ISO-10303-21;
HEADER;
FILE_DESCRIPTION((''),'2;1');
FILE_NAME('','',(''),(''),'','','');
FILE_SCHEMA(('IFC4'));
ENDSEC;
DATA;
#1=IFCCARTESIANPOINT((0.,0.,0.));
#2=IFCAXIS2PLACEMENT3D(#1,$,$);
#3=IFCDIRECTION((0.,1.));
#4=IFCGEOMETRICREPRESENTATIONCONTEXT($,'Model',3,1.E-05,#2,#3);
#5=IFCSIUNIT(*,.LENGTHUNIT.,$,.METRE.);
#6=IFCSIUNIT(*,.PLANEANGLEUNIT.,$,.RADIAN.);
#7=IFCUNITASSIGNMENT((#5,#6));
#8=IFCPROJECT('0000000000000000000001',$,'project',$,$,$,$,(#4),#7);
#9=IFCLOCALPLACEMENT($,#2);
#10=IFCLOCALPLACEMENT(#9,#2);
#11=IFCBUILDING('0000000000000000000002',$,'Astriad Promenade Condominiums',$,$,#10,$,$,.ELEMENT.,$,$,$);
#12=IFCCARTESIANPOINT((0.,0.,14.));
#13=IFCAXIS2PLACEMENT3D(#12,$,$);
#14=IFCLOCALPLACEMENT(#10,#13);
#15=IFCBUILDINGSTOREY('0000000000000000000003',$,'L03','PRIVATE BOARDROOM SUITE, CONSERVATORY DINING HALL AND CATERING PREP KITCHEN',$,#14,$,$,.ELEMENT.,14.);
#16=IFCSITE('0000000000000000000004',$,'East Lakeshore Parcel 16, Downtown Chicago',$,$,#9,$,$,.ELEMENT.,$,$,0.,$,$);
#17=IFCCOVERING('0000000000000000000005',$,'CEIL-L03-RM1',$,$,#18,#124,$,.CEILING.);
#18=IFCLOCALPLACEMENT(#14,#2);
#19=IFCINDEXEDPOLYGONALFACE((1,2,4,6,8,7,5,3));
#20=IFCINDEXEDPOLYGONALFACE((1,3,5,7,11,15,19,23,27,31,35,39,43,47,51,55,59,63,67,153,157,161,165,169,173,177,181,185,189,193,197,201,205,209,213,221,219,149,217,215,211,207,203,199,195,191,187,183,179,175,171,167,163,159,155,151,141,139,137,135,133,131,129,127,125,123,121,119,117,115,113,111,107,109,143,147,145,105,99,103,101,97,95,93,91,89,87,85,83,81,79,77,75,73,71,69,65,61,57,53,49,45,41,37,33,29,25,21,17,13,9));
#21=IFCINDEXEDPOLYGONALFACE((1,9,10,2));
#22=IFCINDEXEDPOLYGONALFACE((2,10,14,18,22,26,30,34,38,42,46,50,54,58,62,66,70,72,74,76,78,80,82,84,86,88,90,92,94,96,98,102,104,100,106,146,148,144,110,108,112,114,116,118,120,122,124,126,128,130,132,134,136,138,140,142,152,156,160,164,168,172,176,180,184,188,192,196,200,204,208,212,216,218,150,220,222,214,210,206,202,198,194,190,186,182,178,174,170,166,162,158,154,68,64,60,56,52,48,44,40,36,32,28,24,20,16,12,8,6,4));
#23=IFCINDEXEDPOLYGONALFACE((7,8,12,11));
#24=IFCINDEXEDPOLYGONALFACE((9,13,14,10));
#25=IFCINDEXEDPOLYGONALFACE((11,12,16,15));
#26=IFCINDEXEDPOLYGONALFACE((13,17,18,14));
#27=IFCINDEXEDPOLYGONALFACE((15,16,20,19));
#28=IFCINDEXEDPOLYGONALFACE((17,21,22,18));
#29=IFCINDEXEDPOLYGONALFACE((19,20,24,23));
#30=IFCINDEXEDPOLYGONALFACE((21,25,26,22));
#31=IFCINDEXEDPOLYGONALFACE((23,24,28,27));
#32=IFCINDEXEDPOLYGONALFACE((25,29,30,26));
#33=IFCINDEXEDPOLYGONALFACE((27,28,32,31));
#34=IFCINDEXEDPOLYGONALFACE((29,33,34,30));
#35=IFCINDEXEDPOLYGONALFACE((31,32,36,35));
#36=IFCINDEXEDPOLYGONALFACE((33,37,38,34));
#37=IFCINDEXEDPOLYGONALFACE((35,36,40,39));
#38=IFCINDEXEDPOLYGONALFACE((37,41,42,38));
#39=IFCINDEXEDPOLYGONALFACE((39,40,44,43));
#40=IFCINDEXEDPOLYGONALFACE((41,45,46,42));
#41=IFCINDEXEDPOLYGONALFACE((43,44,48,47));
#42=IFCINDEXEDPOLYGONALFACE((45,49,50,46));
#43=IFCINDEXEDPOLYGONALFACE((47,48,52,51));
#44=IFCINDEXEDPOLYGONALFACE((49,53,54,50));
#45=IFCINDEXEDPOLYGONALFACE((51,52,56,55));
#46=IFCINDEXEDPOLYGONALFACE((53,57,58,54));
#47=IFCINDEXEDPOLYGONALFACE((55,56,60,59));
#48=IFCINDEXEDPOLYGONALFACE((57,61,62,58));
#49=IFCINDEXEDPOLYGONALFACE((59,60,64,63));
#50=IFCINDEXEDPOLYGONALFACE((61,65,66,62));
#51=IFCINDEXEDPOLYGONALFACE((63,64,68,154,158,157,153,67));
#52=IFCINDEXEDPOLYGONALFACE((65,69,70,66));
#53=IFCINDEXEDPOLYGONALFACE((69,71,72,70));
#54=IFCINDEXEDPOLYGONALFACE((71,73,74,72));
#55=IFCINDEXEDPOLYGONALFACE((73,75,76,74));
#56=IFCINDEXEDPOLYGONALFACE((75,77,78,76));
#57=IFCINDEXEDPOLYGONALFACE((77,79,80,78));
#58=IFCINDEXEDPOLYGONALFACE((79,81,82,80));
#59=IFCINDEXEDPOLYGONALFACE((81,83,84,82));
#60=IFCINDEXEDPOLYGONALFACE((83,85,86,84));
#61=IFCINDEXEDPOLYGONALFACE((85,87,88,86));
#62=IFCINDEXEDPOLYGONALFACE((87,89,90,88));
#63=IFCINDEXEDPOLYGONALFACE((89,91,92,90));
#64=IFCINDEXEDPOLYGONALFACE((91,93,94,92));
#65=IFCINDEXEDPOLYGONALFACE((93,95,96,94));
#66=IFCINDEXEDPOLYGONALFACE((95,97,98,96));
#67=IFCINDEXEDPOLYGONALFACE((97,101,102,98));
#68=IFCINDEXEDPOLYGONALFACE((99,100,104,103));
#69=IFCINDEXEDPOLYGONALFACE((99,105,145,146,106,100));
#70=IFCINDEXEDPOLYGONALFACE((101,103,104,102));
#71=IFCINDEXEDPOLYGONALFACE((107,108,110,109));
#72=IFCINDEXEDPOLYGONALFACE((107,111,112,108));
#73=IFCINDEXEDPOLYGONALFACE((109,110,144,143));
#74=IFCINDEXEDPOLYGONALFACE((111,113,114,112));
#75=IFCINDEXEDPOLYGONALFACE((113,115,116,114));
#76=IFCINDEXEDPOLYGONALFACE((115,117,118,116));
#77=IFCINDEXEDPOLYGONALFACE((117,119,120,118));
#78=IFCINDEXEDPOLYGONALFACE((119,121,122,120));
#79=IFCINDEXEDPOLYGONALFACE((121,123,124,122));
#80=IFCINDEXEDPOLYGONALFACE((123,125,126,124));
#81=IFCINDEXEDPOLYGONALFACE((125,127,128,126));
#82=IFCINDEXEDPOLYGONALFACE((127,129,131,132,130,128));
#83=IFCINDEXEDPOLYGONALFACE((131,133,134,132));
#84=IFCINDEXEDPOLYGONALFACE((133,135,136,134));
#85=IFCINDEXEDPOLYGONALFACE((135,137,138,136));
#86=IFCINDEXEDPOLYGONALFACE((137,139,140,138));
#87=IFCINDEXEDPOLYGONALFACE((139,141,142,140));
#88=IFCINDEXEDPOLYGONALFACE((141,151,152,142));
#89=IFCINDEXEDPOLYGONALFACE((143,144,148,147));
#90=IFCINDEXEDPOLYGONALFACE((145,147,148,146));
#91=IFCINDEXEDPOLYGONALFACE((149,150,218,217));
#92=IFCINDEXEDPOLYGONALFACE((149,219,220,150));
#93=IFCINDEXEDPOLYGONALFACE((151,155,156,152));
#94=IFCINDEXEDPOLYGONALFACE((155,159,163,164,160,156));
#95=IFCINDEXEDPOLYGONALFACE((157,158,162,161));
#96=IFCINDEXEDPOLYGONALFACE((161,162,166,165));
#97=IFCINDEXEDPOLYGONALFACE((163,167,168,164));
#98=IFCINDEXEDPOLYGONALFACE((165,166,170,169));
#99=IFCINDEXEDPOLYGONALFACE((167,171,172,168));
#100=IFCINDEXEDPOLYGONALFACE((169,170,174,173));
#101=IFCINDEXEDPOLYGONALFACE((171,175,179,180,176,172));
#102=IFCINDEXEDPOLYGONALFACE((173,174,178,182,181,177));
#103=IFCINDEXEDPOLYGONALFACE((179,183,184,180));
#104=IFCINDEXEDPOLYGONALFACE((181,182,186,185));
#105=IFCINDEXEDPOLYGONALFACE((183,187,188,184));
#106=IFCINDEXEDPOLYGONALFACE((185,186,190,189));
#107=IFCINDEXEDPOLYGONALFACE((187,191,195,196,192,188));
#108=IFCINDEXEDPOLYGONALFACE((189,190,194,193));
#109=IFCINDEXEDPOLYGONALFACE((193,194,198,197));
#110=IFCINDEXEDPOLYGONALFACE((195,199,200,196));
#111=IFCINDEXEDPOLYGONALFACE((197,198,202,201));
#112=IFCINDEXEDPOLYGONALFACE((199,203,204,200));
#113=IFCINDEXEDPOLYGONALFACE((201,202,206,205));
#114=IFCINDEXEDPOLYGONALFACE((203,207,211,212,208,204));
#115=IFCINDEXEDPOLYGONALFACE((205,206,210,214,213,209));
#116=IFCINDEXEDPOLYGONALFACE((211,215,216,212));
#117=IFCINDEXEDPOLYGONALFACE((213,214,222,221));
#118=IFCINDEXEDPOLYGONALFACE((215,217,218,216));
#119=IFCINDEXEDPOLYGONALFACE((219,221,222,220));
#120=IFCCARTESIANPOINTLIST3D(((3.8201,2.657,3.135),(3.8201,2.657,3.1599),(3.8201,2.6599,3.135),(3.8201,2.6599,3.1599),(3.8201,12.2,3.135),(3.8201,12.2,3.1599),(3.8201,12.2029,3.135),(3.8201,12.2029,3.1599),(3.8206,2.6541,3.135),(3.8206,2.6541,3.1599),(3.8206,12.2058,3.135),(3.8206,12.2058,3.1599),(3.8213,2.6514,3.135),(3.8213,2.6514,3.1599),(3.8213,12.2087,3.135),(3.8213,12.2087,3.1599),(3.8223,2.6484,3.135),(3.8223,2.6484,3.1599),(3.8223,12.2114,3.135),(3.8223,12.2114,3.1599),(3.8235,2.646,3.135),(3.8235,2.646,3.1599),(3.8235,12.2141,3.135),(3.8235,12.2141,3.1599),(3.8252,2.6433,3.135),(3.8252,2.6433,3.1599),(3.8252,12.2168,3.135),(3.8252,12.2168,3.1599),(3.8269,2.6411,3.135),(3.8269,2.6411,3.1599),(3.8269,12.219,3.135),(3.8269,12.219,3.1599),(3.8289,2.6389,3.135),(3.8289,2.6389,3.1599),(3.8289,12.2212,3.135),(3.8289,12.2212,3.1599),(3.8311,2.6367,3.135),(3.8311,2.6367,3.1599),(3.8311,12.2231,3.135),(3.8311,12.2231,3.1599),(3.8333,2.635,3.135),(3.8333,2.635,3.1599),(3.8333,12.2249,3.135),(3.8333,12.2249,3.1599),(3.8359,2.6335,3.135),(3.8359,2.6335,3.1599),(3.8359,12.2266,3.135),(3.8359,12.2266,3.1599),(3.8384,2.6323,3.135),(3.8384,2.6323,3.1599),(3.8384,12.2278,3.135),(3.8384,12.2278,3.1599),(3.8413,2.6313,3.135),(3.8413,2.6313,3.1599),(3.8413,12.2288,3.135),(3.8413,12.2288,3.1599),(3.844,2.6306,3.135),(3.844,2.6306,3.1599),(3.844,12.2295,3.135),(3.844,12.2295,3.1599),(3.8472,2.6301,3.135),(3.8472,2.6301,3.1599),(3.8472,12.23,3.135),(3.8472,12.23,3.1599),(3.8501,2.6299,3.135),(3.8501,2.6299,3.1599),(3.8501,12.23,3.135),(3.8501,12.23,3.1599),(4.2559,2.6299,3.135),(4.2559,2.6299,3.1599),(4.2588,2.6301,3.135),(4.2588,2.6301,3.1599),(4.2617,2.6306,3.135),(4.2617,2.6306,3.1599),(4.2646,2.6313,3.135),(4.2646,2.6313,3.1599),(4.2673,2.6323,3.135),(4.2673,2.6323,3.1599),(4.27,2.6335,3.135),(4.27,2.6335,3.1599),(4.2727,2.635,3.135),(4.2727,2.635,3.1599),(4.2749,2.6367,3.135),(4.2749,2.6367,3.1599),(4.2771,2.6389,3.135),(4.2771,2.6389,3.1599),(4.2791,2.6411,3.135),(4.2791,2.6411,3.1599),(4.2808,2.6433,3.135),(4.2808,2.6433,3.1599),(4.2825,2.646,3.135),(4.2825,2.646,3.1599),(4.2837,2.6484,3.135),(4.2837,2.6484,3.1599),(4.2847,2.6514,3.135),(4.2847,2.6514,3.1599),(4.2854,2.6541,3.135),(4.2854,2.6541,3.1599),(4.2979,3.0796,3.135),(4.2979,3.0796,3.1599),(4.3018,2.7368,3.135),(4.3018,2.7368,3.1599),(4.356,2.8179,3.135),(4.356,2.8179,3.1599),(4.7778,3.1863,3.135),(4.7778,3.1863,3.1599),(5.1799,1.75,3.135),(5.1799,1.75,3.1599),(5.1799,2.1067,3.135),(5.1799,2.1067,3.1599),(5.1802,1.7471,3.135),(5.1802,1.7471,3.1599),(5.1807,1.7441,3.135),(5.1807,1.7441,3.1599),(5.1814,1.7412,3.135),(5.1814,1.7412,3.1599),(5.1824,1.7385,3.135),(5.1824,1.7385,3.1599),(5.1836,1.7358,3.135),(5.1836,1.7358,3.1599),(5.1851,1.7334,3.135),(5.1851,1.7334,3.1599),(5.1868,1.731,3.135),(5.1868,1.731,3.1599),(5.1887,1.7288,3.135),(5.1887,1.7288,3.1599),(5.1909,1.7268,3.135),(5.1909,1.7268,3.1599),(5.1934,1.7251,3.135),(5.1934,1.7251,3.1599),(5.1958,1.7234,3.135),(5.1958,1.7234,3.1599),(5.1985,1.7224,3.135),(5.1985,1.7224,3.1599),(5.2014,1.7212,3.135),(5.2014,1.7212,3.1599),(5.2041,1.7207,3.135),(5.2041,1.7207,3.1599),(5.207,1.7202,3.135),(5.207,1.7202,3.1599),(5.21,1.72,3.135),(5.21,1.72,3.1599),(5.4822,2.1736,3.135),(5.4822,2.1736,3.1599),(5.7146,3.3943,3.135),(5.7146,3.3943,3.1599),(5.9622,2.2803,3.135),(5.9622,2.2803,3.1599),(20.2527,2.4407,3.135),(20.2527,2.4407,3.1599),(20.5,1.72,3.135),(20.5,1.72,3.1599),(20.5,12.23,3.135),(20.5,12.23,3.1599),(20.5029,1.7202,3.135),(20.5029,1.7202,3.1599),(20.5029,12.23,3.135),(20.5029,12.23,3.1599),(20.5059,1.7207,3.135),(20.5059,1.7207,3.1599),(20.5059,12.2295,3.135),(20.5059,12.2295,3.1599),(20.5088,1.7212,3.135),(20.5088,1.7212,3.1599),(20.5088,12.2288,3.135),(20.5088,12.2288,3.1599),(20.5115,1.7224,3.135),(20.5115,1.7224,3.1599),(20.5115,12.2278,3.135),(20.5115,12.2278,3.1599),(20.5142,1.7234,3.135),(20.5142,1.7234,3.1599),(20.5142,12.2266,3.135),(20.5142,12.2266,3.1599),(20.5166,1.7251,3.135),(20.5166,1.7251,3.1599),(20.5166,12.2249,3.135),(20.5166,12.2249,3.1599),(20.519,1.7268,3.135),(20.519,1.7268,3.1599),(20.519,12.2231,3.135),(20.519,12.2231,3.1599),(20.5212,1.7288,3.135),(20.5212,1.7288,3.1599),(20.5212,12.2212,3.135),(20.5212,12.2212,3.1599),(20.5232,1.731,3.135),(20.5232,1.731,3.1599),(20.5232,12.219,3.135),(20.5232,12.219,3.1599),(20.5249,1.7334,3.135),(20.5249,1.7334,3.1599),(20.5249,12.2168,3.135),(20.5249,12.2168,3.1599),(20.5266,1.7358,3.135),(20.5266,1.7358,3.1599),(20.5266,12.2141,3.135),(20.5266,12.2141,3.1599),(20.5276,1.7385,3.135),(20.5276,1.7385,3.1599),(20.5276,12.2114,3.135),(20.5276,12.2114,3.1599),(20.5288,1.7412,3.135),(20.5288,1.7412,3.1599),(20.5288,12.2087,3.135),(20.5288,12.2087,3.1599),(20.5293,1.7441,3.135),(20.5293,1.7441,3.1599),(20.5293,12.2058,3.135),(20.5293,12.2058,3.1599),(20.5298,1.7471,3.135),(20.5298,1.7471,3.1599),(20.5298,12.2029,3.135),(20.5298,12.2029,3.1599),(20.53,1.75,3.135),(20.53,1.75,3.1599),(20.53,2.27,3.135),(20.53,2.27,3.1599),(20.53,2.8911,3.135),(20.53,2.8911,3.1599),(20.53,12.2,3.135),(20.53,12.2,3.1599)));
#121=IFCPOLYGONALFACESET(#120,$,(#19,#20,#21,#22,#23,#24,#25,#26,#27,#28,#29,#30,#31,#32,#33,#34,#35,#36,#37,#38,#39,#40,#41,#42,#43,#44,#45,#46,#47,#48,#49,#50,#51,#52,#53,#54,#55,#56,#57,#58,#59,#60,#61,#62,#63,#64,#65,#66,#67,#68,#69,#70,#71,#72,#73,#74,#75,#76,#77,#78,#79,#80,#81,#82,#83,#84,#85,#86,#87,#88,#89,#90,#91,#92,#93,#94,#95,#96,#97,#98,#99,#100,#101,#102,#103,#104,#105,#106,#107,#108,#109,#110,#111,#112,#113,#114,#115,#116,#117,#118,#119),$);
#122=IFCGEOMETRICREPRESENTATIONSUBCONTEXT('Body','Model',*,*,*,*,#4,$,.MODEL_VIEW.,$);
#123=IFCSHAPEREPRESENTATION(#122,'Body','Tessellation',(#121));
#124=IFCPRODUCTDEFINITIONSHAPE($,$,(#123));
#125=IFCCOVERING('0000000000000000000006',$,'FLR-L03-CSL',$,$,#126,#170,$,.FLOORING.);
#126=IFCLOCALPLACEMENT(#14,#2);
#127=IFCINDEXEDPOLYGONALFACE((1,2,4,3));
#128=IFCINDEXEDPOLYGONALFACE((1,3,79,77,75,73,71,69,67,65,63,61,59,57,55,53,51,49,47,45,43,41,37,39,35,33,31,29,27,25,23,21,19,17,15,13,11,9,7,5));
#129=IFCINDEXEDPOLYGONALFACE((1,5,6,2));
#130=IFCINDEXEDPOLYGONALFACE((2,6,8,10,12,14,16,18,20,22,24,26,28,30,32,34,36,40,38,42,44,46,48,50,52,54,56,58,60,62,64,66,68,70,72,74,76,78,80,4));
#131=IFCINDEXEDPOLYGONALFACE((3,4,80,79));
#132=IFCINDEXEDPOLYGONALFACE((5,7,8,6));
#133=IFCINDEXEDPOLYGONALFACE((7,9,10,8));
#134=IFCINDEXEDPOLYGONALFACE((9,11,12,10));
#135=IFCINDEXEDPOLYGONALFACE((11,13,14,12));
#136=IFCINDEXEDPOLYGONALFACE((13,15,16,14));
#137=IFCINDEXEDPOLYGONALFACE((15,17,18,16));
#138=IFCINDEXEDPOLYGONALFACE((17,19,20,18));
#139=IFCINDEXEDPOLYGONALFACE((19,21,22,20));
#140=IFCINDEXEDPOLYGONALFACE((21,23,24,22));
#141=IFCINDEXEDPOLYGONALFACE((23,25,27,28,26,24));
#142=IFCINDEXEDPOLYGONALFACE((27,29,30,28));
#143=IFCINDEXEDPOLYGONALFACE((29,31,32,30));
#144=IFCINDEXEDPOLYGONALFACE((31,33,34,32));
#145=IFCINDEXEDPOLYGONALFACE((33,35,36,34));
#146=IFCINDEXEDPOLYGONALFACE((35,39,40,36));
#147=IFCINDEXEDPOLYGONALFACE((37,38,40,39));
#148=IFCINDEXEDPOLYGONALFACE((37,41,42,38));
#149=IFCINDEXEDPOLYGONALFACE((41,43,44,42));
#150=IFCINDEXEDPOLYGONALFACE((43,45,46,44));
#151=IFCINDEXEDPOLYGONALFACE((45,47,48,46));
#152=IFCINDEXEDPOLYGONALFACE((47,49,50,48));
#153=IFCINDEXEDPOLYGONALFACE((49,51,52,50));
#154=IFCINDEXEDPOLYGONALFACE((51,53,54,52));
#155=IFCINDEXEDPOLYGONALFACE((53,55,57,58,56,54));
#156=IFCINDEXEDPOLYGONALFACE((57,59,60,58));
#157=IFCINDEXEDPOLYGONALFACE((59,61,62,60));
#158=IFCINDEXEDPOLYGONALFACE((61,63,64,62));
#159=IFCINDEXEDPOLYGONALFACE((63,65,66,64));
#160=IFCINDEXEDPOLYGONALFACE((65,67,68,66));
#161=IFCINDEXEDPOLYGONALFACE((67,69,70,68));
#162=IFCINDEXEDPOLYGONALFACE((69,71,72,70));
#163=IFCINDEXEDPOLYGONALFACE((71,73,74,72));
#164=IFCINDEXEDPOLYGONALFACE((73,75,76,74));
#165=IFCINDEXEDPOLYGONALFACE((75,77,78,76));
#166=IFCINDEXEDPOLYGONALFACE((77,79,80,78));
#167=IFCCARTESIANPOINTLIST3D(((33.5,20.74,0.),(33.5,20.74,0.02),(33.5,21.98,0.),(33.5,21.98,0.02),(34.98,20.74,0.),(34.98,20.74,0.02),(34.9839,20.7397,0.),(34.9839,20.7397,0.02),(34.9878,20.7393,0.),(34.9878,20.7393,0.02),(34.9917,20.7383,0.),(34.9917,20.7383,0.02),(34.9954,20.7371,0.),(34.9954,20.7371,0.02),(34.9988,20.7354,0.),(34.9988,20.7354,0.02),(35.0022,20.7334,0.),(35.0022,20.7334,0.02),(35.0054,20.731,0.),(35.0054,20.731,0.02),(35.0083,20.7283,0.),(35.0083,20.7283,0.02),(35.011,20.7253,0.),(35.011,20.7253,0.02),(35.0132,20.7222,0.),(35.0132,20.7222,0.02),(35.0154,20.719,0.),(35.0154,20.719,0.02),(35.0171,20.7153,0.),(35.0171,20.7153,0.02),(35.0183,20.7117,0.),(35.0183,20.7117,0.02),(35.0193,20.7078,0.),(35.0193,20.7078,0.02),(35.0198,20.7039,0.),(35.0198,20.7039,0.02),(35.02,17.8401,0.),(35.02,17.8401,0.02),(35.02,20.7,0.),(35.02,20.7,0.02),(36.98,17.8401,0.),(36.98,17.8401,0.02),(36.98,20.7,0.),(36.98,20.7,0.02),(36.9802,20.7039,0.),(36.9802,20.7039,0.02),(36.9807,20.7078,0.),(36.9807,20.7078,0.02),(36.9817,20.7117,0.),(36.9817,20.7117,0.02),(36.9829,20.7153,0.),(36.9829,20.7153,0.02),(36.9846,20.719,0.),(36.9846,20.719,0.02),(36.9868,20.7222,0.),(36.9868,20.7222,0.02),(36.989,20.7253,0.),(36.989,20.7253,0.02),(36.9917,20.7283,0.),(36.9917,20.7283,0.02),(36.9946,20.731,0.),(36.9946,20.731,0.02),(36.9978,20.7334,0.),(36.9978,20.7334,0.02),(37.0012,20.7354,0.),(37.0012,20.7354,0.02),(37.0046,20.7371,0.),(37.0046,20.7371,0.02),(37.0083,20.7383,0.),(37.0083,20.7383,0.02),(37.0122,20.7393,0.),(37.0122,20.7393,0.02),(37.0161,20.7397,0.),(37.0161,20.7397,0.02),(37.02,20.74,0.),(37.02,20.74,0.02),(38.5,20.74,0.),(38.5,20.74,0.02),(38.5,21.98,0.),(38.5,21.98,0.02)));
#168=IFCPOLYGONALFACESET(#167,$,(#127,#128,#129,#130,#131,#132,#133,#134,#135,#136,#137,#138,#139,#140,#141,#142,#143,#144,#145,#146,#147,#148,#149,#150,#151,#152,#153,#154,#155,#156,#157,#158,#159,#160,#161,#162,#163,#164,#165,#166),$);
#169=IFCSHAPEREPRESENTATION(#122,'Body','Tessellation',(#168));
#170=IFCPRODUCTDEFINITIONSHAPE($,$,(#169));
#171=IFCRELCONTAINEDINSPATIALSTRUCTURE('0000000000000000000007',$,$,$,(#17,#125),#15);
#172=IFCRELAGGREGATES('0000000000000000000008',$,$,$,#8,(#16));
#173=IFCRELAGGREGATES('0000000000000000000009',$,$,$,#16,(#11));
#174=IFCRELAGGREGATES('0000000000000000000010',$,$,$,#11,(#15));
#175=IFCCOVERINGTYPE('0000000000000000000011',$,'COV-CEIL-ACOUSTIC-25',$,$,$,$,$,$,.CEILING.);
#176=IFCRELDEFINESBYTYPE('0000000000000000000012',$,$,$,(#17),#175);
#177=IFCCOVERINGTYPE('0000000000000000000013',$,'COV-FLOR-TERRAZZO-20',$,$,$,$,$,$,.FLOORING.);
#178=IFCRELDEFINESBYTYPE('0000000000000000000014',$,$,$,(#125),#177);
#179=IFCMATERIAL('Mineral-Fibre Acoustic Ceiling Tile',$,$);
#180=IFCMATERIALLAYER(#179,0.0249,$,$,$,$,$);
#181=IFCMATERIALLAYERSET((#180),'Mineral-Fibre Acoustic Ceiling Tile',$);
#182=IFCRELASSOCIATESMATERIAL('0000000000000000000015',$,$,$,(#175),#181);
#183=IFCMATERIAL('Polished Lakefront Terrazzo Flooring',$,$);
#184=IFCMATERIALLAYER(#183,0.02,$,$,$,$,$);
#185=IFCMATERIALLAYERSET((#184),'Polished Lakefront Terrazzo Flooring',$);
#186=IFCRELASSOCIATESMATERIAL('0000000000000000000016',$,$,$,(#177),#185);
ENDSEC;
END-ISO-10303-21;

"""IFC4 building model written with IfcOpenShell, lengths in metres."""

from ifc_helpers import new_model, si_unit, direction, frame, origin, place, context, subcontext, project, spatial, polyline, outline, extrude, material, layer, layer_set, type_object, element, save


model = new_model("IFC4")

# Units and contexts
model_context = context("Model", 3, precision=1e-05, world=origin(), true_north=direction((0.0, 1.0)))
body_context = subcontext(model_context, "Body", "Model", "MODEL_VIEW")
ifc_project = project(units=[si_unit("LENGTHUNIT", "METRE"), si_unit("PLANEANGLEUNIT", "RADIAN")], contexts=[model_context])

# Site, building, storey
site_placement = place(None, origin())
site = spatial("IfcSite", under=ifc_project, at=site_placement, Name="East Lakeshore Parcel 16, Downtown Chicago", CompositionType="ELEMENT", RefElevation=0.0)
building_placement = place(site_placement, origin())
building = spatial("IfcBuilding", under=site, at=building_placement, Name="Astriad Promenade Condominiums", CompositionType="ELEMENT")
storey_placement = place(building_placement, frame((0.0, 0.0, 14.0)))
storey = spatial("IfcBuildingStorey", under=building, at=storey_placement, Name="L03", Description="PRIVATE BOARDROOM SUITE, CONSERVATORY DINING HALL AND CATERING PREP KITCHEN", CompositionType="ELEMENT", Elevation=14.0)

# Coverings
ifc_material_1 = material(Name="Mineral-Fibre Acoustic Ceiling Tile")
ifc_layer_1 = layer(ifc_material_1, 0.0249)
ifc_layer_set_1 = layer_set([ifc_layer_1], Name="Mineral-Fibre Acoustic Ceiling Tile")
covering_type_1 = type_object("IfcCoveringType", Name="COV-CEIL-ACOUSTIC-25", PredefinedType="CEILING", material=ifc_layer_set_1)
covering_1_placement = place(storey_placement, frame((0.0, 0.0, 3.135)))
element("IfcCovering", 1, at=covering_1_placement, inside=storey, type_object=covering_type_1, Name="CEIL-L03-RM1", PredefinedType="CEILING", context=body_context, shape_type="SweptSolid", body=[
    extrude(outline(polyline([(3.8206, 12.2058), (3.8213, 12.2087), (3.8223, 12.2114), (3.8235, 12.2141), (3.8252, 12.2168), (3.8269, 12.219), (3.8289, 12.2212), (3.8311, 12.2231), (3.8333, 12.2249), (3.8359, 12.2266), (3.8384, 12.2278), (3.8413, 12.2288), (3.844, 12.2295), (3.8472, 12.23), (3.8501, 12.23), (20.5, 12.23), (20.5029, 12.23), (20.5059, 12.2295), (20.5088, 12.2288), (20.5115, 12.2278), (20.5142, 12.2266), (20.5166, 12.2249), (20.519, 12.2231), (20.5212, 12.2212), (20.5232, 12.219), (20.5249, 12.2168), (20.5266, 12.2141), (20.5276, 12.2114), (20.5288, 12.2087), (20.5293, 12.2058), (20.5298, 12.2029), (20.53, 12.2), (20.53, 2.8911), (20.2527, 2.4407), (20.53, 2.27), (20.53, 1.75), (20.5298, 1.7471), (20.5293, 1.7441), (20.5288, 1.7412), (20.5276, 1.7385), (20.5266, 1.7358), (20.5249, 1.7334), (20.5232, 1.731), (20.5212, 1.7288), (20.519, 1.7268), (20.5166, 1.7251), (20.5142, 1.7234), (20.5115, 1.7224), (20.5088, 1.7212), (20.5059, 1.7207), (20.5029, 1.7202), (20.5, 1.72), (5.21, 1.72), (5.207, 1.7202), (5.2041, 1.7207), (5.2014, 1.7212), (5.1985, 1.7224), (5.1958, 1.7234), (5.1934, 1.7251), (5.1909, 1.7268), (5.1887, 1.7288), (5.1868, 1.731), (5.1851, 1.7334), (5.1836, 1.7358), (5.1824, 1.7385), (5.1814, 1.7412), (5.1807, 1.7441), (5.1802, 1.7471), (5.1799, 1.75), (5.1799, 2.1067), (5.4822, 2.1736), (5.9622, 2.2803), (5.7146, 3.3943), (4.7778, 3.1863), (4.2979, 3.0796), (4.356, 2.8179), (4.3018, 2.7368), (4.2854, 2.6541), (4.2847, 2.6514), (4.2837, 2.6484), (4.2825, 2.646), (4.2808, 2.6433), (4.2791, 2.6411), (4.2771, 2.6389), (4.2749, 2.6367), (4.2727, 2.635), (4.27, 2.6335), (4.2673, 2.6323), (4.2646, 2.6313), (4.2617, 2.6306), (4.2588, 2.6301), (4.2559, 2.6299), (3.8501, 2.6299), (3.8472, 2.6301), (3.844, 2.6306), (3.8413, 2.6313), (3.8384, 2.6323), (3.8359, 2.6335), (3.8333, 2.635), (3.8311, 2.6367), (3.8289, 2.6389), (3.8269, 2.6411), (3.8252, 2.6433), (3.8235, 2.646), (3.8223, 2.6484), (3.8213, 2.6514), (3.8206, 2.6541), (3.8201, 2.657), (3.8201, 2.6599), (3.8201, 12.2), (3.8201, 12.2029), (3.8206, 12.2058)])), origin(), (0.0, 0.0, 1.0), 0.0249),
])
ifc_material_2 = material(Name="Polished Lakefront Terrazzo Flooring")
ifc_layer_2 = layer(ifc_material_2, 0.02)
ifc_layer_set_2 = layer_set([ifc_layer_2], Name="Polished Lakefront Terrazzo Flooring")
covering_type_2 = type_object("IfcCoveringType", Name="COV-FLOR-TERRAZZO-20", PredefinedType="FLOORING", material=ifc_layer_set_2)
covering_2_placement = place(storey_placement, origin())
element("IfcCovering", 2, at=covering_2_placement, inside=storey, type_object=covering_type_2, Name="FLR-L03-CSL", PredefinedType="FLOORING", context=body_context, shape_type="SweptSolid", body=[
    extrude(outline(polyline([(36.98, 20.7), (36.98, 17.8401), (35.02, 17.8401), (35.02, 20.7), (35.0198, 20.7039), (35.0193, 20.7078), (35.0183, 20.7117), (35.0171, 20.7153), (35.0154, 20.719), (35.0132, 20.7222), (35.011, 20.7253), (35.0083, 20.7283), (35.0054, 20.731), (35.0022, 20.7334), (34.9988, 20.7354), (34.9954, 20.7371), (34.9917, 20.7383), (34.9878, 20.7393), (34.9839, 20.7397), (34.98, 20.74), (33.5, 20.74), (33.5, 21.98), (38.5, 21.98), (38.5, 20.74), (37.02, 20.74), (37.0161, 20.7397), (37.0122, 20.7393), (37.0083, 20.7383), (37.0046, 20.7371), (37.0012, 20.7354), (36.9978, 20.7334), (36.9946, 20.731), (36.9917, 20.7283), (36.989, 20.7253), (36.9868, 20.7222), (36.9846, 20.719), (36.9829, 20.7153), (36.9817, 20.7117), (36.9807, 20.7078), (36.9802, 20.7039), (36.98, 20.7)])), origin(), (0.0, 0.0, 1.0), 0.02),
])

save(model, "model.ifc")
